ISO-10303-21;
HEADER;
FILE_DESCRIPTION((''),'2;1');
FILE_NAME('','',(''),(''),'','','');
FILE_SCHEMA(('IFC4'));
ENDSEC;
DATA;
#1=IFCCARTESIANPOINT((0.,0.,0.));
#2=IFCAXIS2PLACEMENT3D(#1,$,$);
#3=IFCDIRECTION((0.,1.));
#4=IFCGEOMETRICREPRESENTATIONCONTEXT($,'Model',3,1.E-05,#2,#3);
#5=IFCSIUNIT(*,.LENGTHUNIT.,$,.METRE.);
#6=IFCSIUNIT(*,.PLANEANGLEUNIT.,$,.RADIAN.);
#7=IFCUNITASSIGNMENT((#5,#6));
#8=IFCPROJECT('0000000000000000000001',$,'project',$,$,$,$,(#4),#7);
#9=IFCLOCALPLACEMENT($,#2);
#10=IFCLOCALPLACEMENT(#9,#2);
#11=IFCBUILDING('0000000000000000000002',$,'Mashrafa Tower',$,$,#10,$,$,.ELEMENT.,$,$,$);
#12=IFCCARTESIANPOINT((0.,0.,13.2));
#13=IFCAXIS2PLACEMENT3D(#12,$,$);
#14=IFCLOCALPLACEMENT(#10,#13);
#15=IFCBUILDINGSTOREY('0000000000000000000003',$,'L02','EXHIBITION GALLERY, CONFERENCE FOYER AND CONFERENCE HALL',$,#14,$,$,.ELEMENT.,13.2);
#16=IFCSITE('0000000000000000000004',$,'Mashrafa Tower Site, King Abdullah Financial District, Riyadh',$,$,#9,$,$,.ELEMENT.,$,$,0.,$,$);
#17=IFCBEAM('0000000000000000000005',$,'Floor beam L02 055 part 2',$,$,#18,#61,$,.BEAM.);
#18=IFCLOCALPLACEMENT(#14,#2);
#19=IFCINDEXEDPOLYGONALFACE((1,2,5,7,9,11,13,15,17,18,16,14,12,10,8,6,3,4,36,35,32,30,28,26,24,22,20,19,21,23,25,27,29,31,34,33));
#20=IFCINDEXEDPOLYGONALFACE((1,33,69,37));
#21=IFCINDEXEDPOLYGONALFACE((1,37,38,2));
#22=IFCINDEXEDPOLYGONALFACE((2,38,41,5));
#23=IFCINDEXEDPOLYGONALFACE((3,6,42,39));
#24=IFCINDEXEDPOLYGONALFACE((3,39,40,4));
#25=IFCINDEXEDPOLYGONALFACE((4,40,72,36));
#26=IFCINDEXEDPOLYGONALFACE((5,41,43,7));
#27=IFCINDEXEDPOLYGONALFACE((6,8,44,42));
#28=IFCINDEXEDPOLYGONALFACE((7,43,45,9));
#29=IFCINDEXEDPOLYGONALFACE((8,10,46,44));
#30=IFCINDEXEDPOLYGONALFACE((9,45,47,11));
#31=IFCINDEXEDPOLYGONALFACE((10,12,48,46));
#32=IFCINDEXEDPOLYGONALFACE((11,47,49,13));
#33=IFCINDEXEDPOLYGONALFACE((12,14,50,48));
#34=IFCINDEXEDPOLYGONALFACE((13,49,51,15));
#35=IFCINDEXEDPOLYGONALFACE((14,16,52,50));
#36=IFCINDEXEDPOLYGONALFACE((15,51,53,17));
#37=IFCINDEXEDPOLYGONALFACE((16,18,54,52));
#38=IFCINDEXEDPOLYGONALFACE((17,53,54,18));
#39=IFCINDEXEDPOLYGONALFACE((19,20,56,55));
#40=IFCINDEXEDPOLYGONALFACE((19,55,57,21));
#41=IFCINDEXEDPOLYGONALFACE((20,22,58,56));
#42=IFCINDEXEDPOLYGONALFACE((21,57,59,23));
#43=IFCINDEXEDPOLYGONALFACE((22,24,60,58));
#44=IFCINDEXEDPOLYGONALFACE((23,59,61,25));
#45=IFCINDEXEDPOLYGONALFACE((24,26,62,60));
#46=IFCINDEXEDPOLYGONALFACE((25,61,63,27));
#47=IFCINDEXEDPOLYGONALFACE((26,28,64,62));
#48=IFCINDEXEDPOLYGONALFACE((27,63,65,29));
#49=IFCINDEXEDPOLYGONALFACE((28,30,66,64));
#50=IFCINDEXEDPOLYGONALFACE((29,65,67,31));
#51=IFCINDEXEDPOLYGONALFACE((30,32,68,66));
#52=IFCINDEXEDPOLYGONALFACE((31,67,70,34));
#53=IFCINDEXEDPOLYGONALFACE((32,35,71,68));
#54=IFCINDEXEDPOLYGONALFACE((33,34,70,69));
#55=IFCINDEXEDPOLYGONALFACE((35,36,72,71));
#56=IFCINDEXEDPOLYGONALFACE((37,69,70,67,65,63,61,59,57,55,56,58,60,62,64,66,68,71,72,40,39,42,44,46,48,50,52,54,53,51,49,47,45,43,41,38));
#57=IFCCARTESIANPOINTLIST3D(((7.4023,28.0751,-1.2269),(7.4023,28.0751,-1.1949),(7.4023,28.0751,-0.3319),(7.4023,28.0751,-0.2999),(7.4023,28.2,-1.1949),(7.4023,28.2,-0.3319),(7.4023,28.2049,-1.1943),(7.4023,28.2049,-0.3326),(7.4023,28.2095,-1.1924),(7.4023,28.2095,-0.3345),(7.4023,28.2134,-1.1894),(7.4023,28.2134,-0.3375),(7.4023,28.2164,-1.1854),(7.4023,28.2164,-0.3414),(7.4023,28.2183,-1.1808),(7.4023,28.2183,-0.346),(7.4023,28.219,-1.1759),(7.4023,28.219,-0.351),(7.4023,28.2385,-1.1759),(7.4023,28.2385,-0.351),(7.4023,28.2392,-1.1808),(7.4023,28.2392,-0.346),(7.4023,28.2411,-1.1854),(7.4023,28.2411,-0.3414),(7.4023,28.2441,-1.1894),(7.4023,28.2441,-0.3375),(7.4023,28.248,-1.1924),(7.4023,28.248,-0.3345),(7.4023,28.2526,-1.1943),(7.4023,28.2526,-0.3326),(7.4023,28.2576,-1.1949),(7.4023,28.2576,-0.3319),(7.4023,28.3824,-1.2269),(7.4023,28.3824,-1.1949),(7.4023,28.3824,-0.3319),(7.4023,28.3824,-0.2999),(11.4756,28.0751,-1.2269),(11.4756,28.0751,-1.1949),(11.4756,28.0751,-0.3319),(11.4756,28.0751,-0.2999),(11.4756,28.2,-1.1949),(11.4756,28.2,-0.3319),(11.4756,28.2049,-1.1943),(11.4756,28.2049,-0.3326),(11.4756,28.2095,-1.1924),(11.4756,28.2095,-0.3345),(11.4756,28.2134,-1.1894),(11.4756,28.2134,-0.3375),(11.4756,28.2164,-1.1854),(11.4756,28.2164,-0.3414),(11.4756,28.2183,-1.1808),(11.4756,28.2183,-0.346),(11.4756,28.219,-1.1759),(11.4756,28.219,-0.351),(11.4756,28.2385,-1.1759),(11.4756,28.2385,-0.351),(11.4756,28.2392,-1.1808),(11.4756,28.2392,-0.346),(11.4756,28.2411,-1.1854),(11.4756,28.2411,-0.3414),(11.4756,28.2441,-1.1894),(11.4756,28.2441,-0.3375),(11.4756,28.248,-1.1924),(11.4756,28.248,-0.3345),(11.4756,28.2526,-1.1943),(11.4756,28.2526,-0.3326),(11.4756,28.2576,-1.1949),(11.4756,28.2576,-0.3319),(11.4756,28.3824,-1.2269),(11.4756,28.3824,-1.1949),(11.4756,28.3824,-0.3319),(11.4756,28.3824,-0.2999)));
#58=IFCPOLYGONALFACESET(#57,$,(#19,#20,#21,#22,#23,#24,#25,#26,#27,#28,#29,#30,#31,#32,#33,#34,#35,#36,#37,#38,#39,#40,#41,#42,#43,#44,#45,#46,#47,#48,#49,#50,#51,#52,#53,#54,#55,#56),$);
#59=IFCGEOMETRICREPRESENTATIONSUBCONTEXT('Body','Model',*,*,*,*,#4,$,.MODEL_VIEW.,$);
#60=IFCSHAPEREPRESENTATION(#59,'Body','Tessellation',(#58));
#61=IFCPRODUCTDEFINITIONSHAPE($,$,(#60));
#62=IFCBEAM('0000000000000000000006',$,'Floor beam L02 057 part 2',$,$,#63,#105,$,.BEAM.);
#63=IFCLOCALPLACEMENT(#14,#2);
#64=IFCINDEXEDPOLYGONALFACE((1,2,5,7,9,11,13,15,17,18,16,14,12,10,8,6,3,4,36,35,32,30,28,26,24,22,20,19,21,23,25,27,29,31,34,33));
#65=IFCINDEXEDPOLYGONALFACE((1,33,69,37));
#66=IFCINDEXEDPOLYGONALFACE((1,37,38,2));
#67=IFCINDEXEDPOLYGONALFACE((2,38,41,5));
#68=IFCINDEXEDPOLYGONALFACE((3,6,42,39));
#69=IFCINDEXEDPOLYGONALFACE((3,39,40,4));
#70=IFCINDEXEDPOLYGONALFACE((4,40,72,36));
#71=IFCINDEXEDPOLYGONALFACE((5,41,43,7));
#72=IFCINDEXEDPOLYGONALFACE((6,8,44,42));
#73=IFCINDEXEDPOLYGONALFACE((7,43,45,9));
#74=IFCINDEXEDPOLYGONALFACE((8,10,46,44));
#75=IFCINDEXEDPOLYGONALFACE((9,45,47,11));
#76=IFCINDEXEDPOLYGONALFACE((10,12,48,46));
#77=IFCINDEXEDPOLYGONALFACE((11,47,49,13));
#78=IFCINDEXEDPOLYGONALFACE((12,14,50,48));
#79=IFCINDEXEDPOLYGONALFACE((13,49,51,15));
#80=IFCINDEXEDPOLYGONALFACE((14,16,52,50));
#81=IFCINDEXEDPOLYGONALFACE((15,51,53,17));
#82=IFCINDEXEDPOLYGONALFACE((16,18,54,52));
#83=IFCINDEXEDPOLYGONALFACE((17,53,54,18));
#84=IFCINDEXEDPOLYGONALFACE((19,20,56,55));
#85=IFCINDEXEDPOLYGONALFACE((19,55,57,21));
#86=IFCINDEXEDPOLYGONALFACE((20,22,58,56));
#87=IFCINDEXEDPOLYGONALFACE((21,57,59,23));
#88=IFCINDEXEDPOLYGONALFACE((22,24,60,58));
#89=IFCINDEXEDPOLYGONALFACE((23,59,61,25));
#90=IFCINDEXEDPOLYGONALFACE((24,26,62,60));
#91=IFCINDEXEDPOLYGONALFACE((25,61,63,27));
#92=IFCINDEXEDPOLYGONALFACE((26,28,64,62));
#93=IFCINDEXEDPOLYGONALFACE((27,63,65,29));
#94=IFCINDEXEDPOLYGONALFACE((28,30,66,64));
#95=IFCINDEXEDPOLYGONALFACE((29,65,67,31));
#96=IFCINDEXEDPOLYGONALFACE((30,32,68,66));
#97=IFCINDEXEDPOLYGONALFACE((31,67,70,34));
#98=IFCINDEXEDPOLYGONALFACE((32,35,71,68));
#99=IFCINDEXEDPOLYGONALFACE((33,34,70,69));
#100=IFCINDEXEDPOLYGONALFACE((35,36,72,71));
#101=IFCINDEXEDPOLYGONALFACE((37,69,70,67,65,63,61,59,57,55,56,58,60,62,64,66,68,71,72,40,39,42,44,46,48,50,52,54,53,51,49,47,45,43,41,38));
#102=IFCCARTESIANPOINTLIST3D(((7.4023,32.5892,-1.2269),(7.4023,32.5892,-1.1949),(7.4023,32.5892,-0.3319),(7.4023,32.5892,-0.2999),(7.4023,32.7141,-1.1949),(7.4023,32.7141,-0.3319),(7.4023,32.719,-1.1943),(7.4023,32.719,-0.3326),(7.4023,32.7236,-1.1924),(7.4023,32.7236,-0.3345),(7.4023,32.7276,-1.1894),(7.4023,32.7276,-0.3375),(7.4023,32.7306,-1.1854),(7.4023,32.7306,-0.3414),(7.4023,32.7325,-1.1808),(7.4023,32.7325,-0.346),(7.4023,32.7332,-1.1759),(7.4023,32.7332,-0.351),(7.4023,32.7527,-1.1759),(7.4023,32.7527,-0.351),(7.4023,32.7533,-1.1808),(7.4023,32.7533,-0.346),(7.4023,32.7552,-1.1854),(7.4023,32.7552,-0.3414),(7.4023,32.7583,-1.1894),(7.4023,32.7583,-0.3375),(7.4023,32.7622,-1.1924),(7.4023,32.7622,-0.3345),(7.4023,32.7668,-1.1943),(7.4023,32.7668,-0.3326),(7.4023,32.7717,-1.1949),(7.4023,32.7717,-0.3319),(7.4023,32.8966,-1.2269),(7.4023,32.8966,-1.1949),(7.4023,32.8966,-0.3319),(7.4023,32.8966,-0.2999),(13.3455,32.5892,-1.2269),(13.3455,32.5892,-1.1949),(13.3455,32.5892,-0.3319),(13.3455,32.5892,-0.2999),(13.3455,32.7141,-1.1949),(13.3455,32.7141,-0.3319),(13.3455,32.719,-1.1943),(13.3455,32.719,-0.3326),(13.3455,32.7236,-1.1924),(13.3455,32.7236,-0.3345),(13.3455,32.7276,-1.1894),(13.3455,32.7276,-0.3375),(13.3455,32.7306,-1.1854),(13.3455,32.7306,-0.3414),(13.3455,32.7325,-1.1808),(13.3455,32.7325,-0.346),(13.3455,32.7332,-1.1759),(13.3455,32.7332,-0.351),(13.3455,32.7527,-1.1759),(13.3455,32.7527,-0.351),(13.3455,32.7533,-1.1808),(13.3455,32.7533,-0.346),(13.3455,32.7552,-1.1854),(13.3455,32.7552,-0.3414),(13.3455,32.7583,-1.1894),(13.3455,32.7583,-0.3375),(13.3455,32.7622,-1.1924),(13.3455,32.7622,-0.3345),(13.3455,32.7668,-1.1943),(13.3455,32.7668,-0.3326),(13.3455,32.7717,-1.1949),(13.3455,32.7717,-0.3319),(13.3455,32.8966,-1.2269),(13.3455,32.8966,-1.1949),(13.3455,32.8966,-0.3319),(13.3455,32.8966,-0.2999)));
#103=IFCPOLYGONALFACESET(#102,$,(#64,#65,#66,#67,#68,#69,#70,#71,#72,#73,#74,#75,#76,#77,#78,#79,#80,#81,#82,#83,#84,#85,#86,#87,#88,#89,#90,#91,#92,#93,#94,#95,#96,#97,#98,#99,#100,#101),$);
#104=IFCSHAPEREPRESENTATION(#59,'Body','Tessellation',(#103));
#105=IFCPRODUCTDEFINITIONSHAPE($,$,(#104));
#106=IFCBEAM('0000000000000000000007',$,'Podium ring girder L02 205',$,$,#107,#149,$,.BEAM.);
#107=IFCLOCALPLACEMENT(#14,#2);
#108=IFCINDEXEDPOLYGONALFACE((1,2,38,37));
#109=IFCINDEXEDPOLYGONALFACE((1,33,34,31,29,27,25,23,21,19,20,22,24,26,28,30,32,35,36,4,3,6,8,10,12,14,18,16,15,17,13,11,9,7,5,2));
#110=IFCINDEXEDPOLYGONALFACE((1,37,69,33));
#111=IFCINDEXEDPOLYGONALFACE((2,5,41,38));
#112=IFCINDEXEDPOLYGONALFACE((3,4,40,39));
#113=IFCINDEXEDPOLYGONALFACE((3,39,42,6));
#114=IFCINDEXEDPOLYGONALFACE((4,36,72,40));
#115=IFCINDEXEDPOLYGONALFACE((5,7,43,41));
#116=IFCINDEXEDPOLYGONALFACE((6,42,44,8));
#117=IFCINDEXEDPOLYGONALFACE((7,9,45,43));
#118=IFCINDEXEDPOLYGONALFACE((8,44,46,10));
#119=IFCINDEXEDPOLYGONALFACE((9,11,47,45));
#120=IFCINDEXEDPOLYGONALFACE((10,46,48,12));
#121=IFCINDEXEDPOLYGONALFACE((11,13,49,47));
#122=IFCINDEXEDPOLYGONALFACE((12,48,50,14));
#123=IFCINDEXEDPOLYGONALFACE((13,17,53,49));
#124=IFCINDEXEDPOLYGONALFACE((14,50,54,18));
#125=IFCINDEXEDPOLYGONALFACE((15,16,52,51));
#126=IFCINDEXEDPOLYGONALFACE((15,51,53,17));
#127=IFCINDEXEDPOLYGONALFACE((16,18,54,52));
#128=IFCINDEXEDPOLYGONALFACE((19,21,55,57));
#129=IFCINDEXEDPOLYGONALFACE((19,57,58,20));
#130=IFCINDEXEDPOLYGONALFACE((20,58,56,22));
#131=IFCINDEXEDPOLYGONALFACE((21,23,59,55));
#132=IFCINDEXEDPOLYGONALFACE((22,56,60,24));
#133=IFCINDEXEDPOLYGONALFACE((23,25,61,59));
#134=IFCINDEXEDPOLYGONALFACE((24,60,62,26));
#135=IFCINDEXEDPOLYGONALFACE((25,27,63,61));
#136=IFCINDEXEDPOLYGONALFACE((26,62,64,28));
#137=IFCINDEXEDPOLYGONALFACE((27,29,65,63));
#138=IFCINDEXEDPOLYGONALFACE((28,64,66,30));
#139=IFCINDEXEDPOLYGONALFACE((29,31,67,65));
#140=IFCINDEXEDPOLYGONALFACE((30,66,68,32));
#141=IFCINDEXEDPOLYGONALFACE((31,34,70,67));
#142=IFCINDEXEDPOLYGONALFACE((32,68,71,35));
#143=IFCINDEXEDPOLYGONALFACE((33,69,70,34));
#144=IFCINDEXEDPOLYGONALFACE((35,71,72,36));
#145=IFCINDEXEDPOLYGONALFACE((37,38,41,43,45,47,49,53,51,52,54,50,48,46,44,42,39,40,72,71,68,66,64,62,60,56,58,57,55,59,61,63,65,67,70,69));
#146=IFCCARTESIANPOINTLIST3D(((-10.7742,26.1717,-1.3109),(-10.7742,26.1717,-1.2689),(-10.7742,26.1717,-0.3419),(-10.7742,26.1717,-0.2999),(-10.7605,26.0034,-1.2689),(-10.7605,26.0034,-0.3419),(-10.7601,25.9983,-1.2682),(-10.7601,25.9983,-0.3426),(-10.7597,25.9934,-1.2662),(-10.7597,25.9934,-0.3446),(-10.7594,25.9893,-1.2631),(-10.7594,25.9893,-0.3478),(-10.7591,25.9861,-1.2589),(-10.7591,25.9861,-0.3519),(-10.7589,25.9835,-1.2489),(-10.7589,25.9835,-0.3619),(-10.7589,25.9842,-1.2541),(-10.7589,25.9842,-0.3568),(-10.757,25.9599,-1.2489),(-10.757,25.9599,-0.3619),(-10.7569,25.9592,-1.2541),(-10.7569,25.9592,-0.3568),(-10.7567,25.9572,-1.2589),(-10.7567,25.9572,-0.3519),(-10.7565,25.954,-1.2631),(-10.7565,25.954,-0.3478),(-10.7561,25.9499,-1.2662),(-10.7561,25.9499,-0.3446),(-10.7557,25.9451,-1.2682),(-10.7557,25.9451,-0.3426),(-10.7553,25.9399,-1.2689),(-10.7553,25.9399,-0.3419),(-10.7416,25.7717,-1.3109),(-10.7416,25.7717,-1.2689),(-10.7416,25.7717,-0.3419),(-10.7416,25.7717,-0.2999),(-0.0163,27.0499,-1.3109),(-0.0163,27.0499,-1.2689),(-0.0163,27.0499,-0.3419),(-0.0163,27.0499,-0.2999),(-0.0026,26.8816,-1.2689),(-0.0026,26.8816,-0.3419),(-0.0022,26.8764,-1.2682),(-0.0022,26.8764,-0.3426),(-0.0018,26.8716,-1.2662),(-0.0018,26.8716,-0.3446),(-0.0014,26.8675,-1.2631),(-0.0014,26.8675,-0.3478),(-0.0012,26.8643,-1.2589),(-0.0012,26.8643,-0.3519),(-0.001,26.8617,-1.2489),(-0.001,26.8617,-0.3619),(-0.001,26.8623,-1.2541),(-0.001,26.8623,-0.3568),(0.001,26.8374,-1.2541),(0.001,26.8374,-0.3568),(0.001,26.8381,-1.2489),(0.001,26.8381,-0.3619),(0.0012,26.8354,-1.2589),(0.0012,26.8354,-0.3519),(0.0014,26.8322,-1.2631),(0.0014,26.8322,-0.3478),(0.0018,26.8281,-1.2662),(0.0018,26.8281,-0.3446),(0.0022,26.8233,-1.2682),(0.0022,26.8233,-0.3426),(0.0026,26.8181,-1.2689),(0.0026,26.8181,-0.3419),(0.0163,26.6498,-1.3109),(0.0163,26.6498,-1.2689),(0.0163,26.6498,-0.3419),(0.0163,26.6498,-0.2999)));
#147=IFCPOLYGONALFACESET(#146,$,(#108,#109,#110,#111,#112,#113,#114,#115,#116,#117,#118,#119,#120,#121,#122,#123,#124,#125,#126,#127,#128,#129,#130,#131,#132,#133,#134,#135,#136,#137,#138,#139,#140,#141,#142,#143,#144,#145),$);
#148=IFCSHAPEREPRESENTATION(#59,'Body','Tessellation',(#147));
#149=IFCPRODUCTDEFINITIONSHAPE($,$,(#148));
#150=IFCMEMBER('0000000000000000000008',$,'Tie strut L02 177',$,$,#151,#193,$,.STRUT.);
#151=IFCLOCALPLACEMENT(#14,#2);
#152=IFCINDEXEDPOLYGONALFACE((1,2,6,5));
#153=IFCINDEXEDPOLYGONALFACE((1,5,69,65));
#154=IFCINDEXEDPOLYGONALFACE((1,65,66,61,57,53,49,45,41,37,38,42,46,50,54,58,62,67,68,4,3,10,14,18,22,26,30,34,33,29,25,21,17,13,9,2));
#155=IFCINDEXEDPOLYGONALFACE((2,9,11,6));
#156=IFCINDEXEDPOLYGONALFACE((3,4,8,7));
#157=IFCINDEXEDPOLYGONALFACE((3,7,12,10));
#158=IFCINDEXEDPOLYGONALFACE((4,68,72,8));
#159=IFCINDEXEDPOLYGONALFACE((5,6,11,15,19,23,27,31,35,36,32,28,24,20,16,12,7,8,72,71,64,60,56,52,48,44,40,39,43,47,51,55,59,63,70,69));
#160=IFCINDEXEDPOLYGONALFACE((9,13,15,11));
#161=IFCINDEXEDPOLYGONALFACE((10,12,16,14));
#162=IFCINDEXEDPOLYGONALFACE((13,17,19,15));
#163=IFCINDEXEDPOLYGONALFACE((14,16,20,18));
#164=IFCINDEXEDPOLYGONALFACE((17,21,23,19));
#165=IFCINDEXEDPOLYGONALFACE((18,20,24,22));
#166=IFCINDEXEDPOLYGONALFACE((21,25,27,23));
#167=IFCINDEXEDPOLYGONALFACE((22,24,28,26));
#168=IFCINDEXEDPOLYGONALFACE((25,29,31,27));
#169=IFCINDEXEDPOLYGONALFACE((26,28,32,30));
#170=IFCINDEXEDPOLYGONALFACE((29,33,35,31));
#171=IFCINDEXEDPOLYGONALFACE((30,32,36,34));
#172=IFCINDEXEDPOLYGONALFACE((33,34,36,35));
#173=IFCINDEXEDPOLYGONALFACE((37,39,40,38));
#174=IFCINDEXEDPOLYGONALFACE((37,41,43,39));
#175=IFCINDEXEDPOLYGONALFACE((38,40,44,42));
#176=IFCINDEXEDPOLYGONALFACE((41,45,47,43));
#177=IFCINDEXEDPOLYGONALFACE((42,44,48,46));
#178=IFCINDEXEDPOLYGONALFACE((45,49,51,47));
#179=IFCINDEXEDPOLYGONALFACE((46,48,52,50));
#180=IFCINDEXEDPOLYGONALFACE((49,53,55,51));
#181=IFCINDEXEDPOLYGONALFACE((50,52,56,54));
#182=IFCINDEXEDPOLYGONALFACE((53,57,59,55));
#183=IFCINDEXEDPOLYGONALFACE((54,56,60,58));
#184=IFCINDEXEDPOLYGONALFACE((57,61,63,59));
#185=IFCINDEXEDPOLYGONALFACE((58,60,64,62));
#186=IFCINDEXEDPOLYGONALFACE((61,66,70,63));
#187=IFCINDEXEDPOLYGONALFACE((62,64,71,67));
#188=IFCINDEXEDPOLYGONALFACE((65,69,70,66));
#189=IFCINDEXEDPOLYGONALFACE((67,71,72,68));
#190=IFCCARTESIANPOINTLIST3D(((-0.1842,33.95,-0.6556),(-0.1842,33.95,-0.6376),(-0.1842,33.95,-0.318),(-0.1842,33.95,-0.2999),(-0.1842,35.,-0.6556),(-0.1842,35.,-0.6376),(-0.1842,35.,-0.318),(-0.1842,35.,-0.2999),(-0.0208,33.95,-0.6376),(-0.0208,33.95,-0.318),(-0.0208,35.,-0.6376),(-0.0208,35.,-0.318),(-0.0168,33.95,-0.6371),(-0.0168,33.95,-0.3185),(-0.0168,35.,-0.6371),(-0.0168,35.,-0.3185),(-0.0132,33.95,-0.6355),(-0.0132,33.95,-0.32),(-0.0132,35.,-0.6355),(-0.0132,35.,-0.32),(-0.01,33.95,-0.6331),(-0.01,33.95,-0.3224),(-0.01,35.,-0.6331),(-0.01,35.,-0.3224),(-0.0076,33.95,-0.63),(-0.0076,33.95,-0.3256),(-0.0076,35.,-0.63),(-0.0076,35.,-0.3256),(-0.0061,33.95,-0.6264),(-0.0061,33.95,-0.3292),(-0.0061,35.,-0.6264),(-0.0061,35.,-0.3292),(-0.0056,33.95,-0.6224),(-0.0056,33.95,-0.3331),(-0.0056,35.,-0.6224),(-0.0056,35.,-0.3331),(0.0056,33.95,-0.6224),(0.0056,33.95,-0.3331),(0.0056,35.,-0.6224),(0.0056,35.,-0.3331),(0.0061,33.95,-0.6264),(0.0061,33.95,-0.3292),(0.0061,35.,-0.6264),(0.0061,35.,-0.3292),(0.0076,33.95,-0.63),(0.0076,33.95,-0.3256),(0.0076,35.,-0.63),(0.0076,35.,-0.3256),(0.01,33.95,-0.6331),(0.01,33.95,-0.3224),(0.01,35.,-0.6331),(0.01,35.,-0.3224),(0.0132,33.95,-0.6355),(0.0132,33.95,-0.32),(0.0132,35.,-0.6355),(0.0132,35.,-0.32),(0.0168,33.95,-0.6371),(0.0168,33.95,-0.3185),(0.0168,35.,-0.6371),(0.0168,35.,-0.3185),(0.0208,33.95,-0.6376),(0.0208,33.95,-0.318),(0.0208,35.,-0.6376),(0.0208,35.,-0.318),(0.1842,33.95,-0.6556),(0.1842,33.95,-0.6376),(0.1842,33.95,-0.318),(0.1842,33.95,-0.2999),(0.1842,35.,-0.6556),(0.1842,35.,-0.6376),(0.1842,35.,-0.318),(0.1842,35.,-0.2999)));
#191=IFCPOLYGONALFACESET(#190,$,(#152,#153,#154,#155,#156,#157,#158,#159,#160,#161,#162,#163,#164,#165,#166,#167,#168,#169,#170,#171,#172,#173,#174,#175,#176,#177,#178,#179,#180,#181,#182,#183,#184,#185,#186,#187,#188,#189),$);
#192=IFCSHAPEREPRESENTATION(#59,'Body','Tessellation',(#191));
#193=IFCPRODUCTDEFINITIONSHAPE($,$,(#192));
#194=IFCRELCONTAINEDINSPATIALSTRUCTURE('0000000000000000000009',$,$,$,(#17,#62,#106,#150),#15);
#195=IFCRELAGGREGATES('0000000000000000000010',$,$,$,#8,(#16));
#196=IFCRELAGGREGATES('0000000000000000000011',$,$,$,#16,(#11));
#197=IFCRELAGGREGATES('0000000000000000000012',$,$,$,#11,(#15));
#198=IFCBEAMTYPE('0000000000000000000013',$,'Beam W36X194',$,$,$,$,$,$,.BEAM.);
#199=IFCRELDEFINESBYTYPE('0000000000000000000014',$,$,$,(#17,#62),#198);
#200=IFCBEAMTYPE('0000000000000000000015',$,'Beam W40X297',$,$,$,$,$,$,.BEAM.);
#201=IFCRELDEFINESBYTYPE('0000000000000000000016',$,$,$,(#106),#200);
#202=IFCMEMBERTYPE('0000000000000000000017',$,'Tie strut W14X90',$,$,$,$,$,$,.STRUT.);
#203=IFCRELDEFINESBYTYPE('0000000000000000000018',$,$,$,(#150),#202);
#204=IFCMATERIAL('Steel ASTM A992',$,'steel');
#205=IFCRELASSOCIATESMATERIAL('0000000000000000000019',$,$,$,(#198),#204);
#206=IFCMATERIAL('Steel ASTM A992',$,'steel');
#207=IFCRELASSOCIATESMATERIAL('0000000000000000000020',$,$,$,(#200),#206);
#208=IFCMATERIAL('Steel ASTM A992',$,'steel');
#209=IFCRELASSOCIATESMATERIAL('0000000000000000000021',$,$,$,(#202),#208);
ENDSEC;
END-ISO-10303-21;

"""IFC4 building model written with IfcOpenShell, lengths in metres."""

from ifc_helpers import new_model, si_unit, direction, frame, origin, origin_2d, place, context, subcontext, project, spatial, i_section, extrude, source, transform, mapped, material, material_profile, profile_set, type_object, type_shapes, element, save


model = new_model("IFC4")

# Units and contexts
model_context = context("Model", 3, precision=1e-05, world=origin(), true_north=direction((0.0, 1.0)))
body_context = subcontext(model_context, "Body", "Model", "MODEL_VIEW")
ifc_project = project(units=[si_unit("LENGTHUNIT", "METRE"), si_unit("PLANEANGLEUNIT", "RADIAN")], contexts=[model_context])

# Site, building, storey
site_placement = place(None, origin())
site = spatial("IfcSite", under=ifc_project, at=site_placement, Name="Mashrafa Tower Site, King Abdullah Financial District, Riyadh", CompositionType="ELEMENT", RefElevation=0.0)
building_placement = place(site_placement, origin())
building = spatial("IfcBuilding", under=site, at=building_placement, Name="Mashrafa Tower", CompositionType="ELEMENT")
storey_placement = place(building_placement, frame((0.0, 0.0, 13.2)))
storey = spatial("IfcBuildingStorey", under=building, at=storey_placement, Name="L02", Description="EXHIBITION GALLERY, CONFERENCE FOYER AND CONFERENCE HALL", CompositionType="ELEMENT", Elevation=13.2)

# Beams
ifc_material_1 = material(Name="Steel ASTM A992", Category="steel")
ifc_material_profile_1 = material_profile(ifc_material_1, i_section(OverallWidth=0.3074, OverallDepth=0.927, WebThickness=0.0195, FlangeThickness=0.032, FilletRadius=0.019, at=origin_2d()), Name="W36X194")
ifc_profile_set_1 = profile_set([ifc_material_profile_1], Name="Steel ASTM A992")
beam_type_1 = type_object("IfcBeamType", Name="Beam W36X194", PredefinedType="BEAM", material=ifc_profile_set_1)
beam_1_placement = place(storey_placement, frame((7.4023, 28.2288, -0.7634), z_axis=(1.0, 0.0, 0.0), x_axis=(0.0, 1.0, 0.0)))
element("IfcBeam", 1, at=beam_1_placement, inside=storey, type_object=beam_type_1, Name="Floor beam L02 055 part 2", PredefinedType="BEAM", context=body_context, shape_type="SweptSolid", body=[
    extrude(i_section(OverallWidth=0.3074, OverallDepth=0.927, WebThickness=0.0195, FlangeThickness=0.032, FilletRadius=0.019, at=origin_2d()), origin(), (0.0, 0.0, 1.0), 4.0732),
])
beam_2_placement = place(storey_placement, frame((7.4023, 32.7429, -0.7634), z_axis=(1.0, 0.0, 0.0), x_axis=(0.0, 1.0, 0.0)))
element("IfcBeam", 2, at=beam_2_placement, inside=storey, type_object=beam_type_1, Name="Floor beam L02 057 part 2", PredefinedType="BEAM", context=body_context, shape_type="SweptSolid", body=[
    extrude(i_section(OverallWidth=0.3074, OverallDepth=0.927, WebThickness=0.0195, FlangeThickness=0.032, FilletRadius=0.019, at=origin_2d()), origin(), (0.0, 0.0, 1.0), 5.9431),
])
ifc_material_2 = material(Name="Steel ASTM A992", Category="steel")
ifc_material_profile_2 = material_profile(ifc_material_2, i_section(OverallWidth=0.4014, OverallDepth=1.011, WebThickness=0.0237, FlangeThickness=0.042, FilletRadius=0.02, at=origin_2d()), Name="W40X297")
ifc_profile_set_2 = profile_set([ifc_material_profile_2], Name="Steel ASTM A992")
beam_type_2 = type_object("IfcBeamType", Name="Beam W40X297", PredefinedType="BEAM", material=ifc_profile_set_2)
beam_3_placement = place(storey_placement, frame((0.0, 26.8499, -0.8054), z_axis=(-0.996685, -0.081361, 0.0), x_axis=(0.081361, -0.996685, 0.0)))
element("IfcBeam", 3, at=beam_3_placement, inside=storey, type_object=beam_type_2, Name="Podium ring girder L02 205", PredefinedType="BEAM", context=body_context, shape_type="SweptSolid", body=[
    extrude(i_section(OverallWidth=0.4014, OverallDepth=1.011, WebThickness=0.0237, FlangeThickness=0.042, FilletRadius=0.02, at=origin_2d()), origin(), (0.0, 0.0, 1.0), 10.7937),
])

# Member
ifc_material_3 = material(Name="Steel ASTM A992", Category="steel")
ifc_material_profile_3 = material_profile(ifc_material_3, i_section(OverallWidth=0.3684, OverallDepth=0.3557, WebThickness=0.0112, FlangeThickness=0.0181, FilletRadius=0.0151, at=origin_2d()), Name="W14X90")
ifc_profile_set_3 = profile_set([ifc_material_profile_3], Name="Steel ASTM A992")
member_type = type_object("IfcMemberType", Name="Tie strut W14X90", PredefinedType="STRUT", material=ifc_profile_set_3)
shared_shape = source(origin(), body_context, "Body", "SweptSolid", [
    extrude(i_section(OverallWidth=0.3684, OverallDepth=0.3557, WebThickness=0.0112, FlangeThickness=0.0181, FilletRadius=0.0151, at=origin_2d()), origin(), (0.0, 0.0, 1.0), 1.05),
])
type_shapes(member_type, [shared_shape])
member_placement = place(storey_placement, frame((0.0, 33.95, -0.4778), z_axis=(0.0, 1.0, 0.0), x_axis=(-1.0, 0.0, 0.0)))
element("IfcMember", 4, at=member_placement, inside=storey, type_object=member_type, Name="Tie strut L02 177", PredefinedType="STRUT", context=body_context, shape_type="MappedRepresentation", body=[
    mapped(shared_shape, transform((0.0, 0.0, 0.0))),
])

save(model, "model.ifc")
